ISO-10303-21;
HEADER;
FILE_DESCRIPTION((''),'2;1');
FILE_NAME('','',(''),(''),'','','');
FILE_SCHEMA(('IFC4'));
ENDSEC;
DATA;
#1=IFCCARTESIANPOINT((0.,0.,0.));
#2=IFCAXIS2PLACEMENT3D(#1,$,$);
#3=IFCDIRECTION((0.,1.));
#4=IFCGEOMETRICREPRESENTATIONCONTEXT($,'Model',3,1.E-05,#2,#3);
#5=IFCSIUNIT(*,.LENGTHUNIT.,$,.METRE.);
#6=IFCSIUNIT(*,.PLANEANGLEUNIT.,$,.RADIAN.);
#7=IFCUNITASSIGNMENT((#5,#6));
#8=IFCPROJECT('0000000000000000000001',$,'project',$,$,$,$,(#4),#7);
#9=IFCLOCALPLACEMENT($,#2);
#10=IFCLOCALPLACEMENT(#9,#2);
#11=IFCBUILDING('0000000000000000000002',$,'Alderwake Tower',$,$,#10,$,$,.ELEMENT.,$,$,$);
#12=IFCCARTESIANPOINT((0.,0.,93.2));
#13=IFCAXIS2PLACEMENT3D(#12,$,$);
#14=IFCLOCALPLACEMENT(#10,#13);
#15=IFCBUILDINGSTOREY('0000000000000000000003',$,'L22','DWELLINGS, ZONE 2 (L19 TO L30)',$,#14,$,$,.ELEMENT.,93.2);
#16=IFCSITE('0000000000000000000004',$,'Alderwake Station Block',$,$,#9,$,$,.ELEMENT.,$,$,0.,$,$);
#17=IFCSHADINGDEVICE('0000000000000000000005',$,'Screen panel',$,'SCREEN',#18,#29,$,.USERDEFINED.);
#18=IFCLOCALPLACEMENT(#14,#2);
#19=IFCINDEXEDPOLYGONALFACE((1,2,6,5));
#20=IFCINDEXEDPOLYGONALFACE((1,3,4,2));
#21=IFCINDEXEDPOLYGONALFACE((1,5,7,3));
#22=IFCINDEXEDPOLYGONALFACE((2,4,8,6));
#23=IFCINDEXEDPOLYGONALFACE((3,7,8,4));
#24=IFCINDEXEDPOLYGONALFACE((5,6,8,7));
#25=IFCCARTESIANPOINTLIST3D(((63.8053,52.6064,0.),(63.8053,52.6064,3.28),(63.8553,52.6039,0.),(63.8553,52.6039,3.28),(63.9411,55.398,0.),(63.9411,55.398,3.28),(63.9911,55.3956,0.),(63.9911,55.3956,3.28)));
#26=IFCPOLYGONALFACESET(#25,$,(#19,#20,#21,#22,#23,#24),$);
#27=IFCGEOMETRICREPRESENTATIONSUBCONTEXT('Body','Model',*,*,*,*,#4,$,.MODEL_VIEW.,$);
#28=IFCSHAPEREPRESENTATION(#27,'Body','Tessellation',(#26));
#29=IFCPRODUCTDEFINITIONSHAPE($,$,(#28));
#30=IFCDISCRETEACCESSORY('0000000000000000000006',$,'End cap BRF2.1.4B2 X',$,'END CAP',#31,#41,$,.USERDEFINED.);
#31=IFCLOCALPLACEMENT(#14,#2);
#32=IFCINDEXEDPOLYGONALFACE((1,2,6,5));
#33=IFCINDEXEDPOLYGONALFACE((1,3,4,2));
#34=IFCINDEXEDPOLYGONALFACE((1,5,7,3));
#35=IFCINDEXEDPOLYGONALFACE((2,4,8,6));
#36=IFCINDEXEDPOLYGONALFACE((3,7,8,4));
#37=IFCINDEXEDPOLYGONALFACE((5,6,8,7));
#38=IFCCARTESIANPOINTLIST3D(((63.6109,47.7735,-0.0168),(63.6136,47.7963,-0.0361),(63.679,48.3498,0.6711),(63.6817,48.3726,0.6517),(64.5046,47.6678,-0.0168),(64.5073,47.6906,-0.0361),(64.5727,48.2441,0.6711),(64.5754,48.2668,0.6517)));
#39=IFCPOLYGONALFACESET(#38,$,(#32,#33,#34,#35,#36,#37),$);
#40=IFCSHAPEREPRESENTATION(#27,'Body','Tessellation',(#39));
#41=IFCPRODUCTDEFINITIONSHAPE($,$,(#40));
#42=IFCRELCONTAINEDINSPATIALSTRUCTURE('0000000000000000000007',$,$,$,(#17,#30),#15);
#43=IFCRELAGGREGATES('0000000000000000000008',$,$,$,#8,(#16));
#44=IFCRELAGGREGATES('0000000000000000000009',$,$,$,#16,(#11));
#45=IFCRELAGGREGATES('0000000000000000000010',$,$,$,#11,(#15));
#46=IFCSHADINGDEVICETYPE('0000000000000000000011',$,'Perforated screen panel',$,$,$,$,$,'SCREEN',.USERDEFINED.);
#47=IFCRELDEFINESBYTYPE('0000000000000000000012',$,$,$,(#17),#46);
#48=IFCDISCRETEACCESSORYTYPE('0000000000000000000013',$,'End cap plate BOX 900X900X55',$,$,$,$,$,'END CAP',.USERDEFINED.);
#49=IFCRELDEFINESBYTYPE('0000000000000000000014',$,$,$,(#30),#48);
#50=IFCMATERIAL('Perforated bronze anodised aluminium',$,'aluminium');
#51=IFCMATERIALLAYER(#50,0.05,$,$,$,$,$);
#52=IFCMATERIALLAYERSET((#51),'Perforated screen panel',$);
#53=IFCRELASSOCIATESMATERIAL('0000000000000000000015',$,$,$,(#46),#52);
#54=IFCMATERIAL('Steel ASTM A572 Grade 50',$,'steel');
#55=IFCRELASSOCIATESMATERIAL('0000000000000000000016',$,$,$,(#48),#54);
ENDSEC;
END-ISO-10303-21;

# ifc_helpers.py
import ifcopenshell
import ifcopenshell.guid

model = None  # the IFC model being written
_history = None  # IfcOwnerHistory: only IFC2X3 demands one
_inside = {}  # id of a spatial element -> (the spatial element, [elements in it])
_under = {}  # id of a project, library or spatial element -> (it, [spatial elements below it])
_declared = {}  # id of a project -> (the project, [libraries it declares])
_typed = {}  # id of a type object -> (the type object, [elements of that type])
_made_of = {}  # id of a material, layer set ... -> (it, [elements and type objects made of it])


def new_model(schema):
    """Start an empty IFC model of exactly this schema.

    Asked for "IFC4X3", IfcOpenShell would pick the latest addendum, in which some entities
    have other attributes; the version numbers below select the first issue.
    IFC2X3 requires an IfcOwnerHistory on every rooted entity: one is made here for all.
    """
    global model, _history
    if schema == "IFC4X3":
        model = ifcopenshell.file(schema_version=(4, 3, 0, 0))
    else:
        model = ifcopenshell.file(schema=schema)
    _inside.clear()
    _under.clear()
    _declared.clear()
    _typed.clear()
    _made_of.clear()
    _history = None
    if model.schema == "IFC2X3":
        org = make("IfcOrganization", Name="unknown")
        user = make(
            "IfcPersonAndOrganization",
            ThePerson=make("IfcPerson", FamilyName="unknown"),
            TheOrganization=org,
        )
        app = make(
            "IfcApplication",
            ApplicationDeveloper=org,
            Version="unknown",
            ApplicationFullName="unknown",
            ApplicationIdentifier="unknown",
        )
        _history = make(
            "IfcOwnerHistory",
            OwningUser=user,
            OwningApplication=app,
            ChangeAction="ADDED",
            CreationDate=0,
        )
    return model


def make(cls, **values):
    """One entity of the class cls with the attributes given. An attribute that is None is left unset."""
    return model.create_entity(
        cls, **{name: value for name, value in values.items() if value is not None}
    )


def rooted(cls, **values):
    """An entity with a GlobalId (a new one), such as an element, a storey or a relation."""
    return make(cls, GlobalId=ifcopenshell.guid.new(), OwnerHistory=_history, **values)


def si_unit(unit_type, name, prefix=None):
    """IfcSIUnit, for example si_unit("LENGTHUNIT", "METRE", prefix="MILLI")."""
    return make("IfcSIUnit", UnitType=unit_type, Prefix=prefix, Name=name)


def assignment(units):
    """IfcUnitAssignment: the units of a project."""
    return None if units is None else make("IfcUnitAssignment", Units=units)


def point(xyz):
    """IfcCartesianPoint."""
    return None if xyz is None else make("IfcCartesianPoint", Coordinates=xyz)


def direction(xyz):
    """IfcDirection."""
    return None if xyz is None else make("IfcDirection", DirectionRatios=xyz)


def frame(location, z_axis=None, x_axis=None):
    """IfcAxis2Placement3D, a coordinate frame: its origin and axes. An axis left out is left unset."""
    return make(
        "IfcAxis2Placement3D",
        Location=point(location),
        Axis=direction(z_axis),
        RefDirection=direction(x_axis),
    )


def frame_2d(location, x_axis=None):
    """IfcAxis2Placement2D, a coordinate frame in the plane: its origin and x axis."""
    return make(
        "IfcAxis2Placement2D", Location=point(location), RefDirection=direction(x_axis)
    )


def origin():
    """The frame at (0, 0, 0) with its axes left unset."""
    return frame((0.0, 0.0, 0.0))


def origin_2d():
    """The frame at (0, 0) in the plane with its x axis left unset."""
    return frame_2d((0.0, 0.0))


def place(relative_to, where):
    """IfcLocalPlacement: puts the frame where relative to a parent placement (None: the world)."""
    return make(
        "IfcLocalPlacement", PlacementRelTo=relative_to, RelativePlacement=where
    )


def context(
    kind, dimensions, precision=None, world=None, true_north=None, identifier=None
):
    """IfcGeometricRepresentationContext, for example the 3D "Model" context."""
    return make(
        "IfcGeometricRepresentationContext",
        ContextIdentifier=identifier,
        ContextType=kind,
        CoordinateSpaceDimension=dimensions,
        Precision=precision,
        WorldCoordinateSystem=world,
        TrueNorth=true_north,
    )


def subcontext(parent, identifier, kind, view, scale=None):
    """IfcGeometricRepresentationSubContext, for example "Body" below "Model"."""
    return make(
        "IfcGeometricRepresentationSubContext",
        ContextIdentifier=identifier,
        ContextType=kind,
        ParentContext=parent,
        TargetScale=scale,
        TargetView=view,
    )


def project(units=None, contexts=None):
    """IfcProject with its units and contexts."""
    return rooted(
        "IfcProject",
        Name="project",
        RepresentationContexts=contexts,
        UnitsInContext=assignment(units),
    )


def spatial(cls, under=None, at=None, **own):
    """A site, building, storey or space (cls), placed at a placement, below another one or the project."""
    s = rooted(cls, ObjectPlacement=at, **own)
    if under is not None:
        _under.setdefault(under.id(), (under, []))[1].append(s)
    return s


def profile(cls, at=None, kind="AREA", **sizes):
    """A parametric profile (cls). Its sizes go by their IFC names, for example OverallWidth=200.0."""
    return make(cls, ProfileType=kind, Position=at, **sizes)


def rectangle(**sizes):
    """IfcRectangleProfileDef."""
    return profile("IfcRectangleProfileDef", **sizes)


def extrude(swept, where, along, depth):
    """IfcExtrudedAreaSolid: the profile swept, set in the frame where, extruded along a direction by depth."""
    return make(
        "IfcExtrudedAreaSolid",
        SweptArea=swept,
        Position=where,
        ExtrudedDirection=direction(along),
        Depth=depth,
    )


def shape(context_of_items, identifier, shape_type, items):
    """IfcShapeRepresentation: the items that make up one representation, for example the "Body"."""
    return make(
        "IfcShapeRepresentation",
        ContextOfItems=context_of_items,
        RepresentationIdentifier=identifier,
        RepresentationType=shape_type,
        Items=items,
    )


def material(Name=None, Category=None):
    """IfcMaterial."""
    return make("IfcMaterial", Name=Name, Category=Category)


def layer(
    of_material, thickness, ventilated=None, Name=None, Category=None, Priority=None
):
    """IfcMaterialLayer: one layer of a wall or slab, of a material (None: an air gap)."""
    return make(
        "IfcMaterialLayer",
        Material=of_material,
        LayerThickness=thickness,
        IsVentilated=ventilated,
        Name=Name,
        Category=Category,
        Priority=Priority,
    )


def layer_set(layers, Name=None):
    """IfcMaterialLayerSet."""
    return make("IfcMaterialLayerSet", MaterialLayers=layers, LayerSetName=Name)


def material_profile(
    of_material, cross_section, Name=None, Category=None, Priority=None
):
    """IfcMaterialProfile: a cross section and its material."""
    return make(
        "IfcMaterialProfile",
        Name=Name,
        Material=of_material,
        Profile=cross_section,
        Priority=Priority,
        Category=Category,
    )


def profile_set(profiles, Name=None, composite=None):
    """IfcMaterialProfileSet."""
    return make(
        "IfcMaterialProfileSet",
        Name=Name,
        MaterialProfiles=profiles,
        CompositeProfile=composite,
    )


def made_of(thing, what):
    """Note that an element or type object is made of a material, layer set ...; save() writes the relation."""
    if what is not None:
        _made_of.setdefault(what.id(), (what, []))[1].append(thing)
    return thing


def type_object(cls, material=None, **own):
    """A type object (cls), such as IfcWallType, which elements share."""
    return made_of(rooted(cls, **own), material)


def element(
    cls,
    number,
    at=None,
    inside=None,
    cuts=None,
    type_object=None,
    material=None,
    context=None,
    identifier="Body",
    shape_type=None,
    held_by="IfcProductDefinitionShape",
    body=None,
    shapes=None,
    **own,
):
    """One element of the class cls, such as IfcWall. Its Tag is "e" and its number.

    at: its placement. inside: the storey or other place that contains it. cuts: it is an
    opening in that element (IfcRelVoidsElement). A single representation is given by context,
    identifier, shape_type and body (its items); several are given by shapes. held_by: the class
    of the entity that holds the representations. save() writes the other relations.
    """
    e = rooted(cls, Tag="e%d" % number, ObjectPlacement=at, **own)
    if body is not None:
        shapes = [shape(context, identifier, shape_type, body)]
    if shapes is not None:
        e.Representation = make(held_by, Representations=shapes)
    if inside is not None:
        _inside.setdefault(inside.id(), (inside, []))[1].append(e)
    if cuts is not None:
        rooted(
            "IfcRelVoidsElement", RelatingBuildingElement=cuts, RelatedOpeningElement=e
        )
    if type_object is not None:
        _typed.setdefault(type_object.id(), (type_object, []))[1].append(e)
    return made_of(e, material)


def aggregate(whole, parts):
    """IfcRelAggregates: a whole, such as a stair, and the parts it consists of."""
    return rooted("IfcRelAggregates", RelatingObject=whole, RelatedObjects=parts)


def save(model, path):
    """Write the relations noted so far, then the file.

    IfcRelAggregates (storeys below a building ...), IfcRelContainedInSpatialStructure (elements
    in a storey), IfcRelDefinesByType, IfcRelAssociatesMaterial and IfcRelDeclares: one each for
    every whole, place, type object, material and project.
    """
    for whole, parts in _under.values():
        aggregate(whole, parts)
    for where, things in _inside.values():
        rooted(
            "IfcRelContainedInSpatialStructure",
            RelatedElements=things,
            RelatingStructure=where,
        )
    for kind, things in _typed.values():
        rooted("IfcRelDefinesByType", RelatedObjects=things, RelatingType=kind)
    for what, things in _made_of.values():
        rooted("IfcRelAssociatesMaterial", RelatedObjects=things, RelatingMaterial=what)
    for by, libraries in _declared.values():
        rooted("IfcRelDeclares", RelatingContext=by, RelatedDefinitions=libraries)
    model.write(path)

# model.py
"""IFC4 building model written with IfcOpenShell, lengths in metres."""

from ifc_helpers import new_model, si_unit, direction, frame, origin, origin_2d, place, context, subcontext, project, spatial, rectangle, extrude, material, layer, layer_set, material_profile, profile_set, type_object, element, save


model = new_model("IFC4")

# Units and contexts
model_context = context("Model", 3, precision=1e-05, world=origin(), true_north=direction((0.0, 1.0)))
body_context = subcontext(model_context, "Body", "Model", "MODEL_VIEW")
ifc_project = project(units=[si_unit("LENGTHUNIT", "METRE"), si_unit("PLANEANGLEUNIT", "RADIAN")], contexts=[model_context])

# Site, building, storey
site_placement = place(None, origin())
site = spatial("IfcSite", under=ifc_project, at=site_placement, Name="Alderwake Station Block", CompositionType="ELEMENT", RefElevation=0.0)
building_placement = place(site_placement, origin())
building = spatial("IfcBuilding", under=site, at=building_placement, Name="Alderwake Tower", CompositionType="ELEMENT")
storey_placement = place(building_placement, frame((0.0, 0.0, 93.2)))
storey = spatial("IfcBuildingStorey", under=building, at=storey_placement, Name="L22", Description="DWELLINGS, ZONE 2 (L19 TO L30)", CompositionType="ELEMENT", Elevation=93.2)

# Shading device
ifc_material_1 = material(Name="Perforated bronze anodised aluminium", Category="aluminium")
ifc_layer_1 = layer(ifc_material_1, 0.05)
ifc_layer_set_1 = layer_set([ifc_layer_1], Name="Perforated screen panel")
shading_device_type_1 = type_object("IfcShadingDeviceType", Name="Perforated screen panel", ElementType="SCREEN", PredefinedType="USERDEFINED", material=ifc_layer_set_1)
shading_device_placement = place(storey_placement, frame((63.8982, 54.001, 0.0), z_axis=(0.0, 0.0, 1.0), x_axis=(0.998819, -0.048581, 0.0)))
element("IfcShadingDevice", 1, at=shading_device_placement, inside=storey, type_object=shading_device_type_1, Name="Screen panel", ObjectType="SCREEN", PredefinedType="USERDEFINED", context=body_context, shape_type="SweptSolid", body=[
    extrude(rectangle(XDim=0.05, YDim=2.7949, at=origin_2d()), origin(), (0.0, 0.0, 1.0), 3.28),
])

# Discrete accessory
ifc_material_2 = material(Name="Steel ASTM A572 Grade 50", Category="steel")
ifc_material_profile_1 = material_profile(ifc_material_2, rectangle(XDim=0.8999, YDim=0.8999, at=origin_2d()), Name="BOX 900X900X55 cap")
ifc_profile_set_1 = profile_set([ifc_material_profile_1], Name="Steel ASTM A572 Grade 50")
discrete_accessory_type = type_object("IfcDiscreteAccessoryType", Name="End cap plate BOX 900X900X55", ElementType="END CAP", PredefinedType="USERDEFINED", material=ifc_profile_set_1)
discrete_accessory_placement = place(storey_placement, frame((64.0918, 48.0088, 0.3271), z_axis=(0.089782, 0.759064, -0.644796), x_axis=(-0.993078, 0.117461, 0.0)))
element("IfcDiscreteAccessory", 2, at=discrete_accessory_placement, inside=storey, type_object=discrete_accessory_type, Name="End cap BRF2.1.4B2 X", ObjectType="END CAP", PredefinedType="USERDEFINED", context=body_context, shape_type="SweptSolid", body=[
    extrude(rectangle(XDim=0.8999, YDim=0.8999, at=origin_2d()), origin(), (0.0, 0.0, 1.0), 0.03),
])

save(model, "model.ifc")
